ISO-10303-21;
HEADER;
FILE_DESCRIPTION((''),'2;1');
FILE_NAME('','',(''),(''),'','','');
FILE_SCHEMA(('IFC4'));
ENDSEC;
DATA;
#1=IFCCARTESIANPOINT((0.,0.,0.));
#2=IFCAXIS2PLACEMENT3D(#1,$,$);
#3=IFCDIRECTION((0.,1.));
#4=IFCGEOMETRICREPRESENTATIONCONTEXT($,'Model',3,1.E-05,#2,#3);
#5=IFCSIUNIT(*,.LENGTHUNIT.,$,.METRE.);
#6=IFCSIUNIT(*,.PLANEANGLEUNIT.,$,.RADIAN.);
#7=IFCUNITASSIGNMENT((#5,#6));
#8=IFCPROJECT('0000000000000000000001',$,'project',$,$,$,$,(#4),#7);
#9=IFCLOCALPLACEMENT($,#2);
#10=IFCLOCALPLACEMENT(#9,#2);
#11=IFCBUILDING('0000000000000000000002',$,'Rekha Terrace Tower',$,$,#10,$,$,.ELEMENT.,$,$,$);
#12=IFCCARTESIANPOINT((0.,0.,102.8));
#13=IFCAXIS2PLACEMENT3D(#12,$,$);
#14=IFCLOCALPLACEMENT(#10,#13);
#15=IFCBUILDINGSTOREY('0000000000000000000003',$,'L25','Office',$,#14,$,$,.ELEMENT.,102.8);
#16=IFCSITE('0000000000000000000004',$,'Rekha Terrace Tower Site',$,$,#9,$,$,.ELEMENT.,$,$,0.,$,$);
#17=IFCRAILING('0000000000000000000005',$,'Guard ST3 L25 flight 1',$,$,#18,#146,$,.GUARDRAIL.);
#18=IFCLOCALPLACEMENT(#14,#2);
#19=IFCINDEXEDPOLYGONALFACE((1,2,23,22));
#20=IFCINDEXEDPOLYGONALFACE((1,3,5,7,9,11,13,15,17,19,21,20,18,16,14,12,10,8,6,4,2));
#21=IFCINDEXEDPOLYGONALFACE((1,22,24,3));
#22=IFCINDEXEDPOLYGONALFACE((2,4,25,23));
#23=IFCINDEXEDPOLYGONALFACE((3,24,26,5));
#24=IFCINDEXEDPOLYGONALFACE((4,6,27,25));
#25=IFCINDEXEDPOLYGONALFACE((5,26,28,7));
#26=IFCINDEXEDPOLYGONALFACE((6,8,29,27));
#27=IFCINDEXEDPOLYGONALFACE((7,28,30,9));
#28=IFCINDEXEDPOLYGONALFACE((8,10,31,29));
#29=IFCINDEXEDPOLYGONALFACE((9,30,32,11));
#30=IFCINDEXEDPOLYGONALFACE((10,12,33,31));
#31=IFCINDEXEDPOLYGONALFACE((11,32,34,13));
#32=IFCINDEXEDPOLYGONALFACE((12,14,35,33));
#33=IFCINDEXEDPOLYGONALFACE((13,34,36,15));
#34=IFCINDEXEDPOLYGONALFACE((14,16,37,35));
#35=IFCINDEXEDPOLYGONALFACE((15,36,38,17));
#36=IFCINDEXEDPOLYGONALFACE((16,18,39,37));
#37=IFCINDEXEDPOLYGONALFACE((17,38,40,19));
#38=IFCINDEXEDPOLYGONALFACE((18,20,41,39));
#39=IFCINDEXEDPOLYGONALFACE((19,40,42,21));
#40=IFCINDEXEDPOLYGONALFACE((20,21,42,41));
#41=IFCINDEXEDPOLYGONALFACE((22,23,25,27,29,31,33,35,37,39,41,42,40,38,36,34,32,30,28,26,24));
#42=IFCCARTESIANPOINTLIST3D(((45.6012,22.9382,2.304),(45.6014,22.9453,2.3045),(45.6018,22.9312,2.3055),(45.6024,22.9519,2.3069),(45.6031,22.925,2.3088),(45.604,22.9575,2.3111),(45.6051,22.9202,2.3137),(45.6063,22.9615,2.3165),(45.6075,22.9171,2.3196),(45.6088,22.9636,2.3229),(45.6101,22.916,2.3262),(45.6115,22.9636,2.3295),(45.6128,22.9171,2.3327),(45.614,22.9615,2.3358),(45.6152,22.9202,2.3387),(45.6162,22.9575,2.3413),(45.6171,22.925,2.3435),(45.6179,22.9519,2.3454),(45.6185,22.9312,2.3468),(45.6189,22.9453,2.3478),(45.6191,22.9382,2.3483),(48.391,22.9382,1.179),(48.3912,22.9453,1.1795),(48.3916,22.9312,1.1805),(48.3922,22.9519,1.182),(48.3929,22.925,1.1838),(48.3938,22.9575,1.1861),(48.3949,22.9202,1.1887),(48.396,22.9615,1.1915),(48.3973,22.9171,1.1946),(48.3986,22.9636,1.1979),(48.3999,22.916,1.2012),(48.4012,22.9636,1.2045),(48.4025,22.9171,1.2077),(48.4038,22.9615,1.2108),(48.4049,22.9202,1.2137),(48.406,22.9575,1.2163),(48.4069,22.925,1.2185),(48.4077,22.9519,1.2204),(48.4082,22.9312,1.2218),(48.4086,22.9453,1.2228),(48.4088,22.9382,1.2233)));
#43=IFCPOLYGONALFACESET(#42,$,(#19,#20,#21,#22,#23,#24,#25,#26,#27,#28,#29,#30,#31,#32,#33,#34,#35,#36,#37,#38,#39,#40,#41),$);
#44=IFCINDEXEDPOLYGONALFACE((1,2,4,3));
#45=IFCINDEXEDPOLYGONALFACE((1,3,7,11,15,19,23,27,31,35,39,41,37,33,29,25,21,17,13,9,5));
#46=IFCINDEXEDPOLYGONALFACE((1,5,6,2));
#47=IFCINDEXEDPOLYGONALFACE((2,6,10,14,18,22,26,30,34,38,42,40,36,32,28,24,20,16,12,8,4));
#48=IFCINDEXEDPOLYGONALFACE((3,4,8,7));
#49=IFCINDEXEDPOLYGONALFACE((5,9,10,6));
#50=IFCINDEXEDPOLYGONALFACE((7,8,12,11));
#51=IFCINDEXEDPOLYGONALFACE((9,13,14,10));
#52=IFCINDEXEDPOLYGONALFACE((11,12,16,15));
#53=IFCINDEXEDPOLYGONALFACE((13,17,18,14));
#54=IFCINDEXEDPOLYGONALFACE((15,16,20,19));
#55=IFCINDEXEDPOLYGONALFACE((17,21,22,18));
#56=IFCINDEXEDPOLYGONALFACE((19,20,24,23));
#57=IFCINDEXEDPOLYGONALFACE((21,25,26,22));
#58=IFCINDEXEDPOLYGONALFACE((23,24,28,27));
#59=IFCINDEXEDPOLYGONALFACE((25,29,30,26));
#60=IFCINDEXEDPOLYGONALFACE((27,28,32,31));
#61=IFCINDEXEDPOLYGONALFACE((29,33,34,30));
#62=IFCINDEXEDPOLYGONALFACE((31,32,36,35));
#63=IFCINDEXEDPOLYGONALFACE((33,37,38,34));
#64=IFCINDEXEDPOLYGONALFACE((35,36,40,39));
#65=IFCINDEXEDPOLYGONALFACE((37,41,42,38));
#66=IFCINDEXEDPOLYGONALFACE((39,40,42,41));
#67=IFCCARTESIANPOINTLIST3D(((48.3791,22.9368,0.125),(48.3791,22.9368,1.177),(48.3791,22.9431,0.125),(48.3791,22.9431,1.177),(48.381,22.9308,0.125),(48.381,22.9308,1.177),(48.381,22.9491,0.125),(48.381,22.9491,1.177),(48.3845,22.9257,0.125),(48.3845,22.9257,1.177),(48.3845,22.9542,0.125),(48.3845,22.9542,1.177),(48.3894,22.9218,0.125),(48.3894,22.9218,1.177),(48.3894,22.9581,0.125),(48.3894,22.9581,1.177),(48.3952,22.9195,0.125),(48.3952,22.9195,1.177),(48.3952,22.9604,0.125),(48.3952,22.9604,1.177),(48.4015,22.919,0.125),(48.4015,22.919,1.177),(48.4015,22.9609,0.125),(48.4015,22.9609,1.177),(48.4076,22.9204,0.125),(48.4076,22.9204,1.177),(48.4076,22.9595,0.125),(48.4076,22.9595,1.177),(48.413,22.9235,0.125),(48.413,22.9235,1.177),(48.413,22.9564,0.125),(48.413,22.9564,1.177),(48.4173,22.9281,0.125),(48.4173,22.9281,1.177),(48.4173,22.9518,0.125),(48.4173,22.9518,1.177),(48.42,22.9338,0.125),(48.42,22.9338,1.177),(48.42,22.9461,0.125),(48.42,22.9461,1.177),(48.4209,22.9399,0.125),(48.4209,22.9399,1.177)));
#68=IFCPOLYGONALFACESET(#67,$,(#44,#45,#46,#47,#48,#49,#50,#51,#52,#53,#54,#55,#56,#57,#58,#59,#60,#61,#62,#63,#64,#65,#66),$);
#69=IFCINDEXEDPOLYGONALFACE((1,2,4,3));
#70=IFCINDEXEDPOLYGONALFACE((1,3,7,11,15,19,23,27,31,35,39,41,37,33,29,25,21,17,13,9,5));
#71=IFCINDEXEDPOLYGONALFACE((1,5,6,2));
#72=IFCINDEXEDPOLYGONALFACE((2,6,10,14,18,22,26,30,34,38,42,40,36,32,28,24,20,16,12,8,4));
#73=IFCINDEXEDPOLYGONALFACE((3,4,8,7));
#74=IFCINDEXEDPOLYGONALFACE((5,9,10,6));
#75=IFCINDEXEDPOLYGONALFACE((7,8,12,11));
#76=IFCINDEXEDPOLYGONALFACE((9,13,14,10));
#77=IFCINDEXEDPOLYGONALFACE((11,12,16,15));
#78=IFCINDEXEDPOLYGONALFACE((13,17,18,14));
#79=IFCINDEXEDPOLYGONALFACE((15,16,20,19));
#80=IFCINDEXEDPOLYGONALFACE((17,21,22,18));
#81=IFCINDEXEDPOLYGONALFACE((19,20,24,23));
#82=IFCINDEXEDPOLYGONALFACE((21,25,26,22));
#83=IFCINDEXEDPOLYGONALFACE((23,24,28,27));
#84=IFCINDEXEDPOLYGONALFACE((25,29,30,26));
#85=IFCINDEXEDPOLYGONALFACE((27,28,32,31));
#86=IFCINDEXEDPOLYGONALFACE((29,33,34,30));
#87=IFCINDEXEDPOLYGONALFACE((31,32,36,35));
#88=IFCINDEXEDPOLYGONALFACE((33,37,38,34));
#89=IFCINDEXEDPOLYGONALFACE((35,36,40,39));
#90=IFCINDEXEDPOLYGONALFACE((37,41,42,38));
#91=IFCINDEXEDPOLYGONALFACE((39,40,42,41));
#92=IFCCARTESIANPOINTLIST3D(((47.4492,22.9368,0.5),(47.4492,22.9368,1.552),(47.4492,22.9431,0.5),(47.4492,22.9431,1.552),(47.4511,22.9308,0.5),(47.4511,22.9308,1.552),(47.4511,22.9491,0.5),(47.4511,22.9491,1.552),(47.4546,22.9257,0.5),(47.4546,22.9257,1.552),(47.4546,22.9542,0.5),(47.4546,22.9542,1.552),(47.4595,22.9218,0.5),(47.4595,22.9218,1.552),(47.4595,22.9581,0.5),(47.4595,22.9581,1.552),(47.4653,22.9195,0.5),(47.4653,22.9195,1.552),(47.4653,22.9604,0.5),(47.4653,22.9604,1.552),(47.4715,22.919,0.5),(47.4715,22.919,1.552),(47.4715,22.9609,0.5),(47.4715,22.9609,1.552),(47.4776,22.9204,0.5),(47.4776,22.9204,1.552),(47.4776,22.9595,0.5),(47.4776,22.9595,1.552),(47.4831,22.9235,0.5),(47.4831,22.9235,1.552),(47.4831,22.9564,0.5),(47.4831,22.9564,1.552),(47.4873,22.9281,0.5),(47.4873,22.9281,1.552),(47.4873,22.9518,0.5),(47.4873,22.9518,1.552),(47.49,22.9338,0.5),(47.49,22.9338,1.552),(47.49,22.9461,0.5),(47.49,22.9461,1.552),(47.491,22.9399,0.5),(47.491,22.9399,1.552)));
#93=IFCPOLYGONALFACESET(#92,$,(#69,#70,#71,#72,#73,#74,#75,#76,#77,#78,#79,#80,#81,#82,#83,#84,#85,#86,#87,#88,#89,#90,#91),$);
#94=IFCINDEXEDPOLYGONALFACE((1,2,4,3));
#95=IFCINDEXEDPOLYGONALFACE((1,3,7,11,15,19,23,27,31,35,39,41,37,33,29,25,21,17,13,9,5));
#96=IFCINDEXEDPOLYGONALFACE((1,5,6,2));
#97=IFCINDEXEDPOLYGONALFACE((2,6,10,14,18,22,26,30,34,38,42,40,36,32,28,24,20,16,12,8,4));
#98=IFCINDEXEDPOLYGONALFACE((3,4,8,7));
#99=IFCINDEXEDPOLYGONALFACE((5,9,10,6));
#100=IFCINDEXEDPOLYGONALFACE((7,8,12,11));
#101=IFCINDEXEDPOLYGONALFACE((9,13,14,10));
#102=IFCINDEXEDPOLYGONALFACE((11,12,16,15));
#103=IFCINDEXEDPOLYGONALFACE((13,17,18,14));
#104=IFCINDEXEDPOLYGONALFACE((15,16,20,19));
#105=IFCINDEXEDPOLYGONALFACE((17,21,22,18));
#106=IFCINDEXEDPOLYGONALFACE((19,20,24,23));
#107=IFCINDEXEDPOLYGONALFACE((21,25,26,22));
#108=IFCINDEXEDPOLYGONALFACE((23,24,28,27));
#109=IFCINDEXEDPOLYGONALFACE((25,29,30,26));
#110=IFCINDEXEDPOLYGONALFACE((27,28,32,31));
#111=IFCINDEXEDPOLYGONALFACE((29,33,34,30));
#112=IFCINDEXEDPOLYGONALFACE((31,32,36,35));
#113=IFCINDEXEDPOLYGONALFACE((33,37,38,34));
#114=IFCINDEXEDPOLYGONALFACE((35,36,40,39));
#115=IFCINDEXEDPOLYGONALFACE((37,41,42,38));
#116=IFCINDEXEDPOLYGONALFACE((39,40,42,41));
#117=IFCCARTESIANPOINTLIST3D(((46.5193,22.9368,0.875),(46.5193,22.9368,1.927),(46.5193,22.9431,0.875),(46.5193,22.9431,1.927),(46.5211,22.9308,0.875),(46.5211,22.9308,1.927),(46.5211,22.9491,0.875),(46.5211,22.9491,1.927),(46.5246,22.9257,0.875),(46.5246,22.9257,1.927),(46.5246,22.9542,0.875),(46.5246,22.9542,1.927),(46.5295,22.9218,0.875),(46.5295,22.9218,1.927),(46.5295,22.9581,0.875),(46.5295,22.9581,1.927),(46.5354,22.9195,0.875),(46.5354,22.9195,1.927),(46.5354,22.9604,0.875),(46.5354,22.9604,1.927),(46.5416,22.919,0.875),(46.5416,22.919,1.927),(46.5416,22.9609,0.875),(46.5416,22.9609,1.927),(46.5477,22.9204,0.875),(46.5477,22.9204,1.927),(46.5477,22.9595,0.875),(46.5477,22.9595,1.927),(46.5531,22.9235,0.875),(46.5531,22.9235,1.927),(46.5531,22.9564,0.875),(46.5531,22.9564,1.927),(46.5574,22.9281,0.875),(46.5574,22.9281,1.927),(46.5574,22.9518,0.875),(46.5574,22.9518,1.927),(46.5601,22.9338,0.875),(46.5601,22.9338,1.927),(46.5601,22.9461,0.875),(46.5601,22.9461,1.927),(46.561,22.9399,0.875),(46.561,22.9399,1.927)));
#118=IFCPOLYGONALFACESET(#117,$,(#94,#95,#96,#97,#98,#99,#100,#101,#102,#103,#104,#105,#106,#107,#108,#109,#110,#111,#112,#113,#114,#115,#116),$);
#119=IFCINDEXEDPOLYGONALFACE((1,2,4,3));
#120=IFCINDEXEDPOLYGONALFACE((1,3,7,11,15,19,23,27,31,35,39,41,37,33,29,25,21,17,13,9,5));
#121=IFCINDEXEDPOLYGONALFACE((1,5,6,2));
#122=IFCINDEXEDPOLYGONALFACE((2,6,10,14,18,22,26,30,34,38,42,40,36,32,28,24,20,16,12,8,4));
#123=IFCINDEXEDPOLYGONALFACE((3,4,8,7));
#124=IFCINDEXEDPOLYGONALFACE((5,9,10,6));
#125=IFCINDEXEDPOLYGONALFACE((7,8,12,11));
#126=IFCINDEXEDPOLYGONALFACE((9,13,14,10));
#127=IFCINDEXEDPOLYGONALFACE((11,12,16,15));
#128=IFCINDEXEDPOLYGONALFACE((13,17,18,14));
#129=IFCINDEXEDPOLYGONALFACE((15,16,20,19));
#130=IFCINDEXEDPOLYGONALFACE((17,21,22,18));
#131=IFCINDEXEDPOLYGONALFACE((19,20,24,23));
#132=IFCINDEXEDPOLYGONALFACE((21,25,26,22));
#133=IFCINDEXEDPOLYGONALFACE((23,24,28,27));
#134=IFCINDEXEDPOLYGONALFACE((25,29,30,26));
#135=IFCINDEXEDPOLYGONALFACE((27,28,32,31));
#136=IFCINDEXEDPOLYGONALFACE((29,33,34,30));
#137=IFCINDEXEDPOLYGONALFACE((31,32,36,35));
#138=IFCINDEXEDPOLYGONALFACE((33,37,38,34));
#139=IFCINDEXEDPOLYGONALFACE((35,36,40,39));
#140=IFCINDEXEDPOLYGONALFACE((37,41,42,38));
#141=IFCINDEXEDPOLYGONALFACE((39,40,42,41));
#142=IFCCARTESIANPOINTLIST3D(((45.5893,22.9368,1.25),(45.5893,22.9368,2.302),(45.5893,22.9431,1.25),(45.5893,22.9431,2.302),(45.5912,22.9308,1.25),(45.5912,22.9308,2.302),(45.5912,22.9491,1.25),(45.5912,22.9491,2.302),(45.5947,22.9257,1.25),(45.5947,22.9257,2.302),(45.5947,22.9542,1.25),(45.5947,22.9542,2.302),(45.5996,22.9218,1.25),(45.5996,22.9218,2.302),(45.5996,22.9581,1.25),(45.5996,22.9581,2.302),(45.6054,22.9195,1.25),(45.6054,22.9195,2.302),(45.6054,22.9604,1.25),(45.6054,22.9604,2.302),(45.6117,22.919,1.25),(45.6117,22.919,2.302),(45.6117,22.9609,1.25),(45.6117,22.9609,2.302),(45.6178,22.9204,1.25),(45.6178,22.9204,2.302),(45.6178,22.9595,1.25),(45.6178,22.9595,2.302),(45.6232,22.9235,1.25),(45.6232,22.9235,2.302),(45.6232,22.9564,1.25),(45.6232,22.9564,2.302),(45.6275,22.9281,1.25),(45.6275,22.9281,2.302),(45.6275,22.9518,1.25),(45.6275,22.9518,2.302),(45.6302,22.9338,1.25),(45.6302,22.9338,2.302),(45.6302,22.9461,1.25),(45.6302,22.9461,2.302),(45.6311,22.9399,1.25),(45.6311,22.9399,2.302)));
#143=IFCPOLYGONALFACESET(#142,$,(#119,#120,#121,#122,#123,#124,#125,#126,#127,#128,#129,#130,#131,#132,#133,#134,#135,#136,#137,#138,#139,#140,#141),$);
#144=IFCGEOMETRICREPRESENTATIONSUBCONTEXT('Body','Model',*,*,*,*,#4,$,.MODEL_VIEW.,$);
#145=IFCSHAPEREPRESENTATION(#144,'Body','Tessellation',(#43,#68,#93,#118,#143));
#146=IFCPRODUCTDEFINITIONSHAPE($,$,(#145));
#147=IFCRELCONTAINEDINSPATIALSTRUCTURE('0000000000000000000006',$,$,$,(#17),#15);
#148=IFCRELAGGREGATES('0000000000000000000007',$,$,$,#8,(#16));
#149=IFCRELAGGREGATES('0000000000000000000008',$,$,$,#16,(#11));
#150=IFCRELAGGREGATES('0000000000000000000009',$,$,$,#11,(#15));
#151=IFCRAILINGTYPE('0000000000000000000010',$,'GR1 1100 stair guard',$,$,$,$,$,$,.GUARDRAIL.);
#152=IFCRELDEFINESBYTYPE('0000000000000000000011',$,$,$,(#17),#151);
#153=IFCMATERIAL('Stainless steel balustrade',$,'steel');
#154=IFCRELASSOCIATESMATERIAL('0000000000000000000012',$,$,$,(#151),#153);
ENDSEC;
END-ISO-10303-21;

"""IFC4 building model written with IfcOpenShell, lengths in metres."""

from ifc_helpers import new_model, si_unit, direction, frame, origin, origin_2d, place, context, subcontext, project, spatial, circle, extrude, material, type_object, element, save


model = new_model("IFC4")

# Units and contexts
model_context = context("Model", 3, precision=1e-05, world=origin(), true_north=direction((0.0, 1.0)))
body_context = subcontext(model_context, "Body", "Model", "MODEL_VIEW")
ifc_project = project(units=[si_unit("LENGTHUNIT", "METRE"), si_unit("PLANEANGLEUNIT", "RADIAN")], contexts=[model_context])

# Site, building, storey
site_placement = place(None, origin())
site = spatial("IfcSite", under=ifc_project, at=site_placement, Name="Rekha Terrace Tower Site", CompositionType="ELEMENT", RefElevation=0.0)
building_placement = place(site_placement, origin())
building = spatial("IfcBuilding", under=site, at=building_placement, Name="Rekha Terrace Tower", CompositionType="ELEMENT")
storey_placement = place(building_placement, frame((0.0, 0.0, 102.8)))
storey = spatial("IfcBuildingStorey", under=building, at=storey_placement, Name="L25", Description="Office", CompositionType="ELEMENT", Elevation=102.8)

# Railing
ifc_material_1 = material(Name="Stainless steel balustrade", Category="steel")
railing_type_1 = type_object("IfcRailingType", Name="GR1 1100 stair guard", PredefinedType="GUARDRAIL", material=ifc_material_1)
railing_1_placement = place(storey_placement, frame((48.3999, 22.9399, 0.125)))
element("IfcRailing", 1, at=railing_1_placement, inside=storey, type_object=railing_type_1, Name="Guard ST3 L25 flight 1", PredefinedType="GUARDRAIL", context=body_context, shape_type="SweptSolid", body=[
    extrude(circle(Radius=0.0239, at=origin_2d()), frame((0.0, 0.0, 1.0762), z_axis=(-0.927432, 0.0, 0.373992), x_axis=(0.0, -1.0, 0.0)), (0.0, 0.0, 1.0), 3.0081),
    extrude(circle(Radius=0.021, at=origin_2d()), origin(), (0.0, 0.0, 1.0), 1.052),
    extrude(circle(Radius=0.021, at=origin_2d()), frame((-0.9299, 0.0, 0.375)), (0.0, 0.0, 1.0), 1.052),
    extrude(circle(Radius=0.021, at=origin_2d()), frame((-1.8599, 0.0, 0.75)), (0.0, 0.0, 1.0), 1.052),
    extrude(circle(Radius=0.021, at=origin_2d()), frame((-2.7898, 0.0, 1.125)), (0.0, 0.0, 1.0), 1.052),
])

save(model, "model.ifc")
